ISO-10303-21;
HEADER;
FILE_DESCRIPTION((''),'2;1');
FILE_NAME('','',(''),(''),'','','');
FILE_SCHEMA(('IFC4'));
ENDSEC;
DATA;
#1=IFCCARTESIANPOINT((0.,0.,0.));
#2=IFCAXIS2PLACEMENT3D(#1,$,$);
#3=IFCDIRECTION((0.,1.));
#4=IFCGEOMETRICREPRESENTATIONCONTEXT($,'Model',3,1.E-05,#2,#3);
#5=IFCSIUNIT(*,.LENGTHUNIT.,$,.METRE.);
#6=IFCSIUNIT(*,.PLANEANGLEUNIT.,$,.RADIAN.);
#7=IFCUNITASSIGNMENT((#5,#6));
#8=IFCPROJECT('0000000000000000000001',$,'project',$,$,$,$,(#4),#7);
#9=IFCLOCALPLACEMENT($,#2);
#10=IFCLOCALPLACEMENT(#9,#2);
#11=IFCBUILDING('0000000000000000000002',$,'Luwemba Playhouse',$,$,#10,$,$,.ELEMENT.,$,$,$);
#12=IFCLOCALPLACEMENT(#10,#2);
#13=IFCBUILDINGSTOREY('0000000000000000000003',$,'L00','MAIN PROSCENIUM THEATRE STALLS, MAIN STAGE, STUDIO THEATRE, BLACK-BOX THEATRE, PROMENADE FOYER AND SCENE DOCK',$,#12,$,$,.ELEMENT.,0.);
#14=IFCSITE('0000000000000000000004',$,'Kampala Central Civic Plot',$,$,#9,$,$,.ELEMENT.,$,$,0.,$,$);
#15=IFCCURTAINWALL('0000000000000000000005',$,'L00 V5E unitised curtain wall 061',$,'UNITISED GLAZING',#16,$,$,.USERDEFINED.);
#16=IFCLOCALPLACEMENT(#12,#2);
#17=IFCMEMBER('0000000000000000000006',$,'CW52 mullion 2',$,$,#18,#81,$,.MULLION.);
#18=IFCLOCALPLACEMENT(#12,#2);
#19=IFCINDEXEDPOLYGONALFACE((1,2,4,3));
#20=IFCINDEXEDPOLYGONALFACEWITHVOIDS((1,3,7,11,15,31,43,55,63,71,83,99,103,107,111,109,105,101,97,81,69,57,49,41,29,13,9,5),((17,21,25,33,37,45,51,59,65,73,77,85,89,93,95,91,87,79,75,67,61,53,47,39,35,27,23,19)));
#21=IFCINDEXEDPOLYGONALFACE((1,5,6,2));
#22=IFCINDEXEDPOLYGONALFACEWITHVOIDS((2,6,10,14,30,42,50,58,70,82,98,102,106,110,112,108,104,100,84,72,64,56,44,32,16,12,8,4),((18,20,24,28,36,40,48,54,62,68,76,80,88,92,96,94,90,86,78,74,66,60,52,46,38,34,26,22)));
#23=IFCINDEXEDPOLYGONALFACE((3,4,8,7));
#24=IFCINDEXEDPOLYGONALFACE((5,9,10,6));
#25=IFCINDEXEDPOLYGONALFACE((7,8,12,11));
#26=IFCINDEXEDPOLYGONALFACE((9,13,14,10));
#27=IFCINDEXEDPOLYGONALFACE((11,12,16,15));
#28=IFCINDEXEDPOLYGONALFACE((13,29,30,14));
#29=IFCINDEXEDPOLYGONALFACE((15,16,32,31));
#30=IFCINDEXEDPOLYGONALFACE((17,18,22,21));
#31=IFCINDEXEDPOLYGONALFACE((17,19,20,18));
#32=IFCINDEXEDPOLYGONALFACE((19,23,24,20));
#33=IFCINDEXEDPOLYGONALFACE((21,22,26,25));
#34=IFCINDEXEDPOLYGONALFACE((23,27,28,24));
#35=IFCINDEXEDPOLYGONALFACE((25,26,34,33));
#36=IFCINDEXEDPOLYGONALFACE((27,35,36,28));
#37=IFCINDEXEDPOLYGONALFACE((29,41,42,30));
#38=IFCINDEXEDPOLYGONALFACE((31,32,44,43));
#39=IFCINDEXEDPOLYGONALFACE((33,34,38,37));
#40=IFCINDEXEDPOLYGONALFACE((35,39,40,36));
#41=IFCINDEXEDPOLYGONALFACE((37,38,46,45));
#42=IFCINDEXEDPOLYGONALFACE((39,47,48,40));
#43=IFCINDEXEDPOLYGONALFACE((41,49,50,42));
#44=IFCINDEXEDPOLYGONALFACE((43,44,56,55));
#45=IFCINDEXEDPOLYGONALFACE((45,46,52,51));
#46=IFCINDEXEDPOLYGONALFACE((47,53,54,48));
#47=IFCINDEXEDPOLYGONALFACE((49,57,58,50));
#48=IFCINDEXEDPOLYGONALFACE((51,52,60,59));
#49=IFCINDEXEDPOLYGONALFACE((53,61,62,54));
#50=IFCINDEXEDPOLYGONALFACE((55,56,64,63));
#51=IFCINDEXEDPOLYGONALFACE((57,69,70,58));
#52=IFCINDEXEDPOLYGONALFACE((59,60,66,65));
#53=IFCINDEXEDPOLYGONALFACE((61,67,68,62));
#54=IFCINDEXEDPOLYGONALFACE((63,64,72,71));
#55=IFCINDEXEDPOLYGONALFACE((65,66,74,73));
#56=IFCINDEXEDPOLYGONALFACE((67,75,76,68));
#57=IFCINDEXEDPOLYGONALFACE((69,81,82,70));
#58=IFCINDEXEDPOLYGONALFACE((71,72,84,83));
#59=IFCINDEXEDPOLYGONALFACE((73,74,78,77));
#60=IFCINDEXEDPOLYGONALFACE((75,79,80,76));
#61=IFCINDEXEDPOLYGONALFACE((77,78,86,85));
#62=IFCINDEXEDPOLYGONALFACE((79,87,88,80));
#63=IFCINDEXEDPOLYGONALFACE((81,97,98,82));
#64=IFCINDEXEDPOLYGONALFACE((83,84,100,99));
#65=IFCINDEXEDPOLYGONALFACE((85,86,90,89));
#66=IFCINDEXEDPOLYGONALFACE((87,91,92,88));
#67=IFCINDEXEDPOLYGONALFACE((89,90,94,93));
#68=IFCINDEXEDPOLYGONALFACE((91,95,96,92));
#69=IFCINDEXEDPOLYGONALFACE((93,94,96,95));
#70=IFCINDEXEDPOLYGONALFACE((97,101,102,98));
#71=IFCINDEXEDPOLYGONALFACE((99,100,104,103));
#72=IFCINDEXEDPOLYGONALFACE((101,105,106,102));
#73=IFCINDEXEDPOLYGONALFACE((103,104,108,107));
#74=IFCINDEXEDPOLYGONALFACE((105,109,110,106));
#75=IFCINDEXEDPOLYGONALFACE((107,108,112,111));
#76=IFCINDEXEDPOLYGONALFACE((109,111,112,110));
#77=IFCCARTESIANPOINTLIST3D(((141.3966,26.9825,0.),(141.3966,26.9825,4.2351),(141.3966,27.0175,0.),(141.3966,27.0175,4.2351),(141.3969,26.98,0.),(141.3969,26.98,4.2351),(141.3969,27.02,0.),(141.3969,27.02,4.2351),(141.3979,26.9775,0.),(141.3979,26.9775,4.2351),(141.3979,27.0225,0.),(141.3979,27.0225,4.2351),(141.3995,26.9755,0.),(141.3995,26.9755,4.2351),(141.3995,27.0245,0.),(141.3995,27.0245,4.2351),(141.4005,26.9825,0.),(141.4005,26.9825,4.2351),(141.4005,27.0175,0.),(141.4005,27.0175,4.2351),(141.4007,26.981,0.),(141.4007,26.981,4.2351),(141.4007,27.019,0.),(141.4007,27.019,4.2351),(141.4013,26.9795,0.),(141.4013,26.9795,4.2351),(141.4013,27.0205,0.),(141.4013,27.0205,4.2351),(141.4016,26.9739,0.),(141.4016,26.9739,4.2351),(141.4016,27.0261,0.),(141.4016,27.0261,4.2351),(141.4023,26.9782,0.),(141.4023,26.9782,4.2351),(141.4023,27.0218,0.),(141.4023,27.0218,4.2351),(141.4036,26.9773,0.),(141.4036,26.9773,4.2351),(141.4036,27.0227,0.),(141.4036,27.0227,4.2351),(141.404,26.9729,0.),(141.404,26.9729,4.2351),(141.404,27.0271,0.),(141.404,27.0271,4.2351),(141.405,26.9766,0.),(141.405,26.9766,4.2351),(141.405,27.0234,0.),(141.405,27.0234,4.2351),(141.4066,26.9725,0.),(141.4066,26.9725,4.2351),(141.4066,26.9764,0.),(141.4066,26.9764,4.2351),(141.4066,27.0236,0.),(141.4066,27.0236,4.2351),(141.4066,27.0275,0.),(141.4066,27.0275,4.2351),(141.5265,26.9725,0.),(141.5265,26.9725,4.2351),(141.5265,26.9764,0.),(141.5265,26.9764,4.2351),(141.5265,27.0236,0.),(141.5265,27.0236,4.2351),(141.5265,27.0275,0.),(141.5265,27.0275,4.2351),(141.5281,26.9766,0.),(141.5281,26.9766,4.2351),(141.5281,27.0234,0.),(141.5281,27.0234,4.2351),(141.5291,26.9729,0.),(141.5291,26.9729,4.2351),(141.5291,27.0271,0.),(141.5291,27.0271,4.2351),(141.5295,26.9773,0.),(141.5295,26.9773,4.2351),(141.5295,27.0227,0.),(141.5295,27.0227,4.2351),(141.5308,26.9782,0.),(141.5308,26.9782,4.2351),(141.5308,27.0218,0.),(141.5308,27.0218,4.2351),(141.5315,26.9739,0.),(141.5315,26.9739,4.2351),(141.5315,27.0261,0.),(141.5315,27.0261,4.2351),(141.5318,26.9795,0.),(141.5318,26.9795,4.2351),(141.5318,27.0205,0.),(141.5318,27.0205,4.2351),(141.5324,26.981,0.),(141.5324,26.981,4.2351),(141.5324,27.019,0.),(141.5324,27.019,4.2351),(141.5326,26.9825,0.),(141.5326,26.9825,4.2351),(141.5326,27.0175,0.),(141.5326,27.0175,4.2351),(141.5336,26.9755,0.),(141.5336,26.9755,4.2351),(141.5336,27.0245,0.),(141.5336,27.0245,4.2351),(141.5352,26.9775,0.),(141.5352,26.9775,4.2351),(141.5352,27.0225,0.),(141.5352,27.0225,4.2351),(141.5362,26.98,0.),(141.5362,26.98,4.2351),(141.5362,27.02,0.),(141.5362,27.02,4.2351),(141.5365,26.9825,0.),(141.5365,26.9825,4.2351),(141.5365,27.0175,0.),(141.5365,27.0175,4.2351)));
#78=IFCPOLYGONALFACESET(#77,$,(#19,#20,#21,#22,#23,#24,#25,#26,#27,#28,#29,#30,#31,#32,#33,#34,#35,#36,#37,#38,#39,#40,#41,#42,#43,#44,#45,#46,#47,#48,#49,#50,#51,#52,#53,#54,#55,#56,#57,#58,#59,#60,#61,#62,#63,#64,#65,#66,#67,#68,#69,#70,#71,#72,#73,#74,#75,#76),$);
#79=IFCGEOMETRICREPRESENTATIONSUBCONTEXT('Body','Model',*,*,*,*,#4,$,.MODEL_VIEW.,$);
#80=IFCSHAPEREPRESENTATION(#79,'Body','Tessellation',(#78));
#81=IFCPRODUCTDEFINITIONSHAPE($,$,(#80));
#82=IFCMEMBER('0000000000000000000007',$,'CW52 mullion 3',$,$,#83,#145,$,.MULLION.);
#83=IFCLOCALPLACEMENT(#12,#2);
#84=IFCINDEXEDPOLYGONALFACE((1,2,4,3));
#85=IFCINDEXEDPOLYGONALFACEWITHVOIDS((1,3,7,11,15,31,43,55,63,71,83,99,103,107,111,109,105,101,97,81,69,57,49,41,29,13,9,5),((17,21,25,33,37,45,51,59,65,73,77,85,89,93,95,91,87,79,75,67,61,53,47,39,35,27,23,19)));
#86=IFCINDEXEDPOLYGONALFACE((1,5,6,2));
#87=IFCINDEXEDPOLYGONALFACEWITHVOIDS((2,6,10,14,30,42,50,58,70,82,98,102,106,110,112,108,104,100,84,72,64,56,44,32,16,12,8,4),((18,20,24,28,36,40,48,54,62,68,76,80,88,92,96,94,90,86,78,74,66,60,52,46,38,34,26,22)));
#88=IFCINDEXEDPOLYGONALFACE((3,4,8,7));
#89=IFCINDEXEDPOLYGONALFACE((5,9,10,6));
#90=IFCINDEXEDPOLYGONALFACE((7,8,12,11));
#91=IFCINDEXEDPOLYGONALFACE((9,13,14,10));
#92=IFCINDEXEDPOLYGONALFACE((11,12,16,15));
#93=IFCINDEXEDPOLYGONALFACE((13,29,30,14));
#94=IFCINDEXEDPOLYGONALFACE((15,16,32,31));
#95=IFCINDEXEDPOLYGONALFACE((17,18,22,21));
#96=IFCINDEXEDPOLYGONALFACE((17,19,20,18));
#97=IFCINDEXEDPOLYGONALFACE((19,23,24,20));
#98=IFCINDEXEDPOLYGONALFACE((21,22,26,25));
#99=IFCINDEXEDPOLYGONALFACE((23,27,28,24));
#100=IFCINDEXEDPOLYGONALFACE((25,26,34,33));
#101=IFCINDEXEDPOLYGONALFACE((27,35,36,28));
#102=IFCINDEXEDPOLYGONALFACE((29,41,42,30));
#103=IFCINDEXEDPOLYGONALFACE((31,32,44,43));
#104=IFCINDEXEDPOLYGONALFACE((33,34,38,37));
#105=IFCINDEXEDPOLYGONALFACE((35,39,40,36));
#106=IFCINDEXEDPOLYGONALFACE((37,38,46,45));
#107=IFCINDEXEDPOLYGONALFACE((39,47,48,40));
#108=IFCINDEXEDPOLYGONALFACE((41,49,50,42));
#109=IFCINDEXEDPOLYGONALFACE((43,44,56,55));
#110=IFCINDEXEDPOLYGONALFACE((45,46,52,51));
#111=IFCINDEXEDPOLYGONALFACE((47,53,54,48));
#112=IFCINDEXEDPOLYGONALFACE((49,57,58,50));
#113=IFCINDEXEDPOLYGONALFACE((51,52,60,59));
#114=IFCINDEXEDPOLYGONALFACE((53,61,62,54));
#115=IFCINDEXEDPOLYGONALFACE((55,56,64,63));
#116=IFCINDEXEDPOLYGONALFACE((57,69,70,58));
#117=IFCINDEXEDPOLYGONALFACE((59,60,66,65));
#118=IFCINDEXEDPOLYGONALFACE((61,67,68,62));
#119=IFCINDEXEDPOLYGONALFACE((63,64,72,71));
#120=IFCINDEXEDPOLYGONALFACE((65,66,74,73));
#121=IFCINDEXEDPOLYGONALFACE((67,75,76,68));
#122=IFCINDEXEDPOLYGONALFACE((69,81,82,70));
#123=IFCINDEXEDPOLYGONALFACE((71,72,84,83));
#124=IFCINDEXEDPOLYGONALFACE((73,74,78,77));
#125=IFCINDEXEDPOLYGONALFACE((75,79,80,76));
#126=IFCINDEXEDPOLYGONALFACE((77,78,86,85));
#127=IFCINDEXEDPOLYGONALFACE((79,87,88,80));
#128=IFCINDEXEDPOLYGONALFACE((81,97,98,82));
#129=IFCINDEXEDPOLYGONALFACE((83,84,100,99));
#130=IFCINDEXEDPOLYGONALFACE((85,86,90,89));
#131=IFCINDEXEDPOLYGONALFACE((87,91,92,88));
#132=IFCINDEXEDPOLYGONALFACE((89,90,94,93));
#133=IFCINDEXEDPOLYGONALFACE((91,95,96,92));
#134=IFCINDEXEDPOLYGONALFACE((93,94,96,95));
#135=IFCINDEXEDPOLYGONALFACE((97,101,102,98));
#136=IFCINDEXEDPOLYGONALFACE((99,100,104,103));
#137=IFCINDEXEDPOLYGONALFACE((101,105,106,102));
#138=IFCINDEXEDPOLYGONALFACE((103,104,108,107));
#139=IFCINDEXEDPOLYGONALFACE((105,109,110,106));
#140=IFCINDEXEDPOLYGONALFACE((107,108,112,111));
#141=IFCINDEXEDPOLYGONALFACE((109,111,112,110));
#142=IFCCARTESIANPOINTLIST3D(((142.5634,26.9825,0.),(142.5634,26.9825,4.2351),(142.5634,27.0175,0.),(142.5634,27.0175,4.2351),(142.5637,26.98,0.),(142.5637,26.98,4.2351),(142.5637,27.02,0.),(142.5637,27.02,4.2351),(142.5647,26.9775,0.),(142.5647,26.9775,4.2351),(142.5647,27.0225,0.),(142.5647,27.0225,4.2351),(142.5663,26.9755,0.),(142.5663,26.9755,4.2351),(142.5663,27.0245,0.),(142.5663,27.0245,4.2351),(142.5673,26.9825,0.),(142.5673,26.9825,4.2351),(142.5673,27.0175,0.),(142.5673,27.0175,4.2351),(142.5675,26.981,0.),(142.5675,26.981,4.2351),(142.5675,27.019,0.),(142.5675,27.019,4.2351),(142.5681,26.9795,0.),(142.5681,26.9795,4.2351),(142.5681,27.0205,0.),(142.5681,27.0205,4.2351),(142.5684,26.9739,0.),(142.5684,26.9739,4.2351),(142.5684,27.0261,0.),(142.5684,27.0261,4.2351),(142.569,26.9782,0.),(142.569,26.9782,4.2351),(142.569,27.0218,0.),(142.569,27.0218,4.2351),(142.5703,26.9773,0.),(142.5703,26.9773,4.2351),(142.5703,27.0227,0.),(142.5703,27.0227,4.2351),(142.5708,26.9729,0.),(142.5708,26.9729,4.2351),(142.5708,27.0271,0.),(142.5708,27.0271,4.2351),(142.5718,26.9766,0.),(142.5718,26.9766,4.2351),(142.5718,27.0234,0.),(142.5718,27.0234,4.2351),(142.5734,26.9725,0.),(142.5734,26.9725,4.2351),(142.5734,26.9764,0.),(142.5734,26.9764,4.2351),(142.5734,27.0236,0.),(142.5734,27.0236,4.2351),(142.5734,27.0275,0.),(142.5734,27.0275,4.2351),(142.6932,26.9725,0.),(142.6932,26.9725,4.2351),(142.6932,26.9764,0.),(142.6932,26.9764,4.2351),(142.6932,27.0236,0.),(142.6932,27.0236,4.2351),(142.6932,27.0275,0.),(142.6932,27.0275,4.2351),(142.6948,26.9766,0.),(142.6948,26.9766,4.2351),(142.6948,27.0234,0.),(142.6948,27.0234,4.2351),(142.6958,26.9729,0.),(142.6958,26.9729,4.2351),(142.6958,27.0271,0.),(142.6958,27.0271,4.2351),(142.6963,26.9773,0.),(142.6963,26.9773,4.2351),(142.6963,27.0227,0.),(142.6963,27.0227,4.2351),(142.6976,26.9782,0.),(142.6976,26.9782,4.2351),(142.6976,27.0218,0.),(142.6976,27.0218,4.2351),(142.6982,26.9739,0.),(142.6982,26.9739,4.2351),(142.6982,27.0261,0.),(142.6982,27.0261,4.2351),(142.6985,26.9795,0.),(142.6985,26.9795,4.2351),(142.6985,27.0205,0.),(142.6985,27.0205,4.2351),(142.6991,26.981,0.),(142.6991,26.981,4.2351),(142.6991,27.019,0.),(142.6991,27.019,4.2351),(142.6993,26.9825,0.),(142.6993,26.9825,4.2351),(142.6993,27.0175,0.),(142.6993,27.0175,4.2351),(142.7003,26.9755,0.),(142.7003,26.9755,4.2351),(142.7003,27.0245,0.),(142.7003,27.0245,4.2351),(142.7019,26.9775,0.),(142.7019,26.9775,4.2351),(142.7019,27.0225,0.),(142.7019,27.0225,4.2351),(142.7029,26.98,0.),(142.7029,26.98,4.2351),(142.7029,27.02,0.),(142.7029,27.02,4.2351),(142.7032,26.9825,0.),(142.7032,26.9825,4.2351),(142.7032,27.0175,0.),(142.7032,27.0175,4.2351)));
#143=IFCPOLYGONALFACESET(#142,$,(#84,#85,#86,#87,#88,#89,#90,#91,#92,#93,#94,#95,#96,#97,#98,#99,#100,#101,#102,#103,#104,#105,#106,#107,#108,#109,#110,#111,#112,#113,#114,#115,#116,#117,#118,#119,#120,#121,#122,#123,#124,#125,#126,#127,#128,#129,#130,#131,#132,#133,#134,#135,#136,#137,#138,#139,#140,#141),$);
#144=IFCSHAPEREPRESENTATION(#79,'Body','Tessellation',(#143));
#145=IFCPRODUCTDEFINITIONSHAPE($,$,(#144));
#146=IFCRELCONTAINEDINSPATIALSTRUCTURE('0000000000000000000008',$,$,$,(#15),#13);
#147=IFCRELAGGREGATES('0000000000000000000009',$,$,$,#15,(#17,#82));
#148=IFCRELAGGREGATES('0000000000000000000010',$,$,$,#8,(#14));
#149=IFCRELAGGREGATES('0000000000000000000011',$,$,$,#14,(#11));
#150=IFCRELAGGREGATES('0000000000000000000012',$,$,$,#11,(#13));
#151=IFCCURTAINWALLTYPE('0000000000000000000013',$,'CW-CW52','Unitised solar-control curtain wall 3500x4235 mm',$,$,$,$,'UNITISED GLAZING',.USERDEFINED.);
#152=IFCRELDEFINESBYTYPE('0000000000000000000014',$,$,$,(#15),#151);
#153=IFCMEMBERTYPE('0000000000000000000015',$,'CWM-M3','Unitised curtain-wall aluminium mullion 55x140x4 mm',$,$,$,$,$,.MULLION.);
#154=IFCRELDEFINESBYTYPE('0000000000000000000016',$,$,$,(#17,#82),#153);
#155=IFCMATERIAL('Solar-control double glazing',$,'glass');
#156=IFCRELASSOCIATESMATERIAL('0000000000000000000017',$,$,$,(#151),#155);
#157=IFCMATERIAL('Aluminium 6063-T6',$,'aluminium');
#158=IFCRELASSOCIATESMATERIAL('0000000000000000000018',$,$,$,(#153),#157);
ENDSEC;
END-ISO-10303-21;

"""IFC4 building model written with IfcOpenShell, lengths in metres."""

from ifc_helpers import new_model, si_unit, direction, frame, origin, origin_2d, place, context, subcontext, project, spatial, hollow_rectangle, extrude, material, material_profile, profile_set, type_object, element, aggregate, save


model = new_model("IFC4")

# Units and contexts
model_context = context("Model", 3, precision=1e-05, world=origin(), true_north=direction((0.0, 1.0)))
body_context = subcontext(model_context, "Body", "Model", "MODEL_VIEW")
ifc_project = project(units=[si_unit("LENGTHUNIT", "METRE"), si_unit("PLANEANGLEUNIT", "RADIAN")], contexts=[model_context])

# Site, building, storey
site_placement = place(None, origin())
site = spatial("IfcSite", under=ifc_project, at=site_placement, Name="Kampala Central Civic Plot", CompositionType="ELEMENT", RefElevation=0.0)
building_placement = place(site_placement, origin())
building = spatial("IfcBuilding", under=site, at=building_placement, Name="Luwemba Playhouse", CompositionType="ELEMENT")
storey_placement = place(building_placement, origin())
storey = spatial("IfcBuildingStorey", under=building, at=storey_placement, Name="L00", Description="MAIN PROSCENIUM THEATRE STALLS, MAIN STAGE, STUDIO THEATRE, BLACK-BOX THEATRE, PROMENADE FOYER AND SCENE DOCK", CompositionType="ELEMENT", Elevation=0.0)

# Shared definitions
ifc_material_1 = material(Name="Solar-control double glazing", Category="glass")
ifc_material_2 = material(Name="Aluminium 6063-T6", Category="aluminium")

# Curtain wall, members
curtain_wall_type_1 = type_object("IfcCurtainWallType", Name="CW-CW52", Description="Unitised solar-control curtain wall 3500x4235 mm", ElementType="UNITISED GLAZING", PredefinedType="USERDEFINED", material=ifc_material_1)
curtain_wall_1_placement = place(storey_placement, origin())
curtain_wall_1 = element("IfcCurtainWall", 1, at=curtain_wall_1_placement, inside=storey, type_object=curtain_wall_type_1, Name="L00 V5E unitised curtain wall 061", ObjectType="UNITISED GLAZING", PredefinedType="USERDEFINED")
ifc_material_profile_1 = material_profile(ifc_material_2, hollow_rectangle(XDim=0.0549, YDim=0.1399, WallThickness=0.0039, InnerFilletRadius=0.0061, OuterFilletRadius=0.01, at=origin_2d()))
ifc_profile_set_1 = profile_set([ifc_material_profile_1], Name="Aluminium 6063-T6")
member_type_1 = type_object("IfcMemberType", Name="CWM-M3", Description="Unitised curtain-wall aluminium mullion 55x140x4 mm", PredefinedType="MULLION", material=ifc_profile_set_1)
member_1_placement = place(storey_placement, frame((141.4666, 27.0, 0.0), z_axis=(0.0, 0.0, 1.0), x_axis=(0.0, 1.0, 0.0)))
member_1 = element("IfcMember", 2, at=member_1_placement, type_object=member_type_1, Name="CW52 mullion 2", PredefinedType="MULLION", context=body_context, shape_type="SweptSolid", body=[
    extrude(hollow_rectangle(XDim=0.0549, YDim=0.1399, WallThickness=0.0039, InnerFilletRadius=0.0061, OuterFilletRadius=0.01, at=origin_2d()), origin(), (0.0, 0.0, 1.0), 4.2351),
])
member_2_placement = place(storey_placement, frame((142.6333, 27.0, 0.0), z_axis=(0.0, 0.0, 1.0), x_axis=(0.0, 1.0, 0.0)))
member_2 = element("IfcMember", 3, at=member_2_placement, type_object=member_type_1, Name="CW52 mullion 3", PredefinedType="MULLION", context=body_context, shape_type="SweptSolid", body=[
    extrude(hollow_rectangle(XDim=0.0549, YDim=0.1399, WallThickness=0.0039, InnerFilletRadius=0.0061, OuterFilletRadius=0.01, at=origin_2d()), origin(), (0.0, 0.0, 1.0), 4.2351),
])

aggregate(curtain_wall_1, [member_1, member_2])

save(model, "model.ifc")
